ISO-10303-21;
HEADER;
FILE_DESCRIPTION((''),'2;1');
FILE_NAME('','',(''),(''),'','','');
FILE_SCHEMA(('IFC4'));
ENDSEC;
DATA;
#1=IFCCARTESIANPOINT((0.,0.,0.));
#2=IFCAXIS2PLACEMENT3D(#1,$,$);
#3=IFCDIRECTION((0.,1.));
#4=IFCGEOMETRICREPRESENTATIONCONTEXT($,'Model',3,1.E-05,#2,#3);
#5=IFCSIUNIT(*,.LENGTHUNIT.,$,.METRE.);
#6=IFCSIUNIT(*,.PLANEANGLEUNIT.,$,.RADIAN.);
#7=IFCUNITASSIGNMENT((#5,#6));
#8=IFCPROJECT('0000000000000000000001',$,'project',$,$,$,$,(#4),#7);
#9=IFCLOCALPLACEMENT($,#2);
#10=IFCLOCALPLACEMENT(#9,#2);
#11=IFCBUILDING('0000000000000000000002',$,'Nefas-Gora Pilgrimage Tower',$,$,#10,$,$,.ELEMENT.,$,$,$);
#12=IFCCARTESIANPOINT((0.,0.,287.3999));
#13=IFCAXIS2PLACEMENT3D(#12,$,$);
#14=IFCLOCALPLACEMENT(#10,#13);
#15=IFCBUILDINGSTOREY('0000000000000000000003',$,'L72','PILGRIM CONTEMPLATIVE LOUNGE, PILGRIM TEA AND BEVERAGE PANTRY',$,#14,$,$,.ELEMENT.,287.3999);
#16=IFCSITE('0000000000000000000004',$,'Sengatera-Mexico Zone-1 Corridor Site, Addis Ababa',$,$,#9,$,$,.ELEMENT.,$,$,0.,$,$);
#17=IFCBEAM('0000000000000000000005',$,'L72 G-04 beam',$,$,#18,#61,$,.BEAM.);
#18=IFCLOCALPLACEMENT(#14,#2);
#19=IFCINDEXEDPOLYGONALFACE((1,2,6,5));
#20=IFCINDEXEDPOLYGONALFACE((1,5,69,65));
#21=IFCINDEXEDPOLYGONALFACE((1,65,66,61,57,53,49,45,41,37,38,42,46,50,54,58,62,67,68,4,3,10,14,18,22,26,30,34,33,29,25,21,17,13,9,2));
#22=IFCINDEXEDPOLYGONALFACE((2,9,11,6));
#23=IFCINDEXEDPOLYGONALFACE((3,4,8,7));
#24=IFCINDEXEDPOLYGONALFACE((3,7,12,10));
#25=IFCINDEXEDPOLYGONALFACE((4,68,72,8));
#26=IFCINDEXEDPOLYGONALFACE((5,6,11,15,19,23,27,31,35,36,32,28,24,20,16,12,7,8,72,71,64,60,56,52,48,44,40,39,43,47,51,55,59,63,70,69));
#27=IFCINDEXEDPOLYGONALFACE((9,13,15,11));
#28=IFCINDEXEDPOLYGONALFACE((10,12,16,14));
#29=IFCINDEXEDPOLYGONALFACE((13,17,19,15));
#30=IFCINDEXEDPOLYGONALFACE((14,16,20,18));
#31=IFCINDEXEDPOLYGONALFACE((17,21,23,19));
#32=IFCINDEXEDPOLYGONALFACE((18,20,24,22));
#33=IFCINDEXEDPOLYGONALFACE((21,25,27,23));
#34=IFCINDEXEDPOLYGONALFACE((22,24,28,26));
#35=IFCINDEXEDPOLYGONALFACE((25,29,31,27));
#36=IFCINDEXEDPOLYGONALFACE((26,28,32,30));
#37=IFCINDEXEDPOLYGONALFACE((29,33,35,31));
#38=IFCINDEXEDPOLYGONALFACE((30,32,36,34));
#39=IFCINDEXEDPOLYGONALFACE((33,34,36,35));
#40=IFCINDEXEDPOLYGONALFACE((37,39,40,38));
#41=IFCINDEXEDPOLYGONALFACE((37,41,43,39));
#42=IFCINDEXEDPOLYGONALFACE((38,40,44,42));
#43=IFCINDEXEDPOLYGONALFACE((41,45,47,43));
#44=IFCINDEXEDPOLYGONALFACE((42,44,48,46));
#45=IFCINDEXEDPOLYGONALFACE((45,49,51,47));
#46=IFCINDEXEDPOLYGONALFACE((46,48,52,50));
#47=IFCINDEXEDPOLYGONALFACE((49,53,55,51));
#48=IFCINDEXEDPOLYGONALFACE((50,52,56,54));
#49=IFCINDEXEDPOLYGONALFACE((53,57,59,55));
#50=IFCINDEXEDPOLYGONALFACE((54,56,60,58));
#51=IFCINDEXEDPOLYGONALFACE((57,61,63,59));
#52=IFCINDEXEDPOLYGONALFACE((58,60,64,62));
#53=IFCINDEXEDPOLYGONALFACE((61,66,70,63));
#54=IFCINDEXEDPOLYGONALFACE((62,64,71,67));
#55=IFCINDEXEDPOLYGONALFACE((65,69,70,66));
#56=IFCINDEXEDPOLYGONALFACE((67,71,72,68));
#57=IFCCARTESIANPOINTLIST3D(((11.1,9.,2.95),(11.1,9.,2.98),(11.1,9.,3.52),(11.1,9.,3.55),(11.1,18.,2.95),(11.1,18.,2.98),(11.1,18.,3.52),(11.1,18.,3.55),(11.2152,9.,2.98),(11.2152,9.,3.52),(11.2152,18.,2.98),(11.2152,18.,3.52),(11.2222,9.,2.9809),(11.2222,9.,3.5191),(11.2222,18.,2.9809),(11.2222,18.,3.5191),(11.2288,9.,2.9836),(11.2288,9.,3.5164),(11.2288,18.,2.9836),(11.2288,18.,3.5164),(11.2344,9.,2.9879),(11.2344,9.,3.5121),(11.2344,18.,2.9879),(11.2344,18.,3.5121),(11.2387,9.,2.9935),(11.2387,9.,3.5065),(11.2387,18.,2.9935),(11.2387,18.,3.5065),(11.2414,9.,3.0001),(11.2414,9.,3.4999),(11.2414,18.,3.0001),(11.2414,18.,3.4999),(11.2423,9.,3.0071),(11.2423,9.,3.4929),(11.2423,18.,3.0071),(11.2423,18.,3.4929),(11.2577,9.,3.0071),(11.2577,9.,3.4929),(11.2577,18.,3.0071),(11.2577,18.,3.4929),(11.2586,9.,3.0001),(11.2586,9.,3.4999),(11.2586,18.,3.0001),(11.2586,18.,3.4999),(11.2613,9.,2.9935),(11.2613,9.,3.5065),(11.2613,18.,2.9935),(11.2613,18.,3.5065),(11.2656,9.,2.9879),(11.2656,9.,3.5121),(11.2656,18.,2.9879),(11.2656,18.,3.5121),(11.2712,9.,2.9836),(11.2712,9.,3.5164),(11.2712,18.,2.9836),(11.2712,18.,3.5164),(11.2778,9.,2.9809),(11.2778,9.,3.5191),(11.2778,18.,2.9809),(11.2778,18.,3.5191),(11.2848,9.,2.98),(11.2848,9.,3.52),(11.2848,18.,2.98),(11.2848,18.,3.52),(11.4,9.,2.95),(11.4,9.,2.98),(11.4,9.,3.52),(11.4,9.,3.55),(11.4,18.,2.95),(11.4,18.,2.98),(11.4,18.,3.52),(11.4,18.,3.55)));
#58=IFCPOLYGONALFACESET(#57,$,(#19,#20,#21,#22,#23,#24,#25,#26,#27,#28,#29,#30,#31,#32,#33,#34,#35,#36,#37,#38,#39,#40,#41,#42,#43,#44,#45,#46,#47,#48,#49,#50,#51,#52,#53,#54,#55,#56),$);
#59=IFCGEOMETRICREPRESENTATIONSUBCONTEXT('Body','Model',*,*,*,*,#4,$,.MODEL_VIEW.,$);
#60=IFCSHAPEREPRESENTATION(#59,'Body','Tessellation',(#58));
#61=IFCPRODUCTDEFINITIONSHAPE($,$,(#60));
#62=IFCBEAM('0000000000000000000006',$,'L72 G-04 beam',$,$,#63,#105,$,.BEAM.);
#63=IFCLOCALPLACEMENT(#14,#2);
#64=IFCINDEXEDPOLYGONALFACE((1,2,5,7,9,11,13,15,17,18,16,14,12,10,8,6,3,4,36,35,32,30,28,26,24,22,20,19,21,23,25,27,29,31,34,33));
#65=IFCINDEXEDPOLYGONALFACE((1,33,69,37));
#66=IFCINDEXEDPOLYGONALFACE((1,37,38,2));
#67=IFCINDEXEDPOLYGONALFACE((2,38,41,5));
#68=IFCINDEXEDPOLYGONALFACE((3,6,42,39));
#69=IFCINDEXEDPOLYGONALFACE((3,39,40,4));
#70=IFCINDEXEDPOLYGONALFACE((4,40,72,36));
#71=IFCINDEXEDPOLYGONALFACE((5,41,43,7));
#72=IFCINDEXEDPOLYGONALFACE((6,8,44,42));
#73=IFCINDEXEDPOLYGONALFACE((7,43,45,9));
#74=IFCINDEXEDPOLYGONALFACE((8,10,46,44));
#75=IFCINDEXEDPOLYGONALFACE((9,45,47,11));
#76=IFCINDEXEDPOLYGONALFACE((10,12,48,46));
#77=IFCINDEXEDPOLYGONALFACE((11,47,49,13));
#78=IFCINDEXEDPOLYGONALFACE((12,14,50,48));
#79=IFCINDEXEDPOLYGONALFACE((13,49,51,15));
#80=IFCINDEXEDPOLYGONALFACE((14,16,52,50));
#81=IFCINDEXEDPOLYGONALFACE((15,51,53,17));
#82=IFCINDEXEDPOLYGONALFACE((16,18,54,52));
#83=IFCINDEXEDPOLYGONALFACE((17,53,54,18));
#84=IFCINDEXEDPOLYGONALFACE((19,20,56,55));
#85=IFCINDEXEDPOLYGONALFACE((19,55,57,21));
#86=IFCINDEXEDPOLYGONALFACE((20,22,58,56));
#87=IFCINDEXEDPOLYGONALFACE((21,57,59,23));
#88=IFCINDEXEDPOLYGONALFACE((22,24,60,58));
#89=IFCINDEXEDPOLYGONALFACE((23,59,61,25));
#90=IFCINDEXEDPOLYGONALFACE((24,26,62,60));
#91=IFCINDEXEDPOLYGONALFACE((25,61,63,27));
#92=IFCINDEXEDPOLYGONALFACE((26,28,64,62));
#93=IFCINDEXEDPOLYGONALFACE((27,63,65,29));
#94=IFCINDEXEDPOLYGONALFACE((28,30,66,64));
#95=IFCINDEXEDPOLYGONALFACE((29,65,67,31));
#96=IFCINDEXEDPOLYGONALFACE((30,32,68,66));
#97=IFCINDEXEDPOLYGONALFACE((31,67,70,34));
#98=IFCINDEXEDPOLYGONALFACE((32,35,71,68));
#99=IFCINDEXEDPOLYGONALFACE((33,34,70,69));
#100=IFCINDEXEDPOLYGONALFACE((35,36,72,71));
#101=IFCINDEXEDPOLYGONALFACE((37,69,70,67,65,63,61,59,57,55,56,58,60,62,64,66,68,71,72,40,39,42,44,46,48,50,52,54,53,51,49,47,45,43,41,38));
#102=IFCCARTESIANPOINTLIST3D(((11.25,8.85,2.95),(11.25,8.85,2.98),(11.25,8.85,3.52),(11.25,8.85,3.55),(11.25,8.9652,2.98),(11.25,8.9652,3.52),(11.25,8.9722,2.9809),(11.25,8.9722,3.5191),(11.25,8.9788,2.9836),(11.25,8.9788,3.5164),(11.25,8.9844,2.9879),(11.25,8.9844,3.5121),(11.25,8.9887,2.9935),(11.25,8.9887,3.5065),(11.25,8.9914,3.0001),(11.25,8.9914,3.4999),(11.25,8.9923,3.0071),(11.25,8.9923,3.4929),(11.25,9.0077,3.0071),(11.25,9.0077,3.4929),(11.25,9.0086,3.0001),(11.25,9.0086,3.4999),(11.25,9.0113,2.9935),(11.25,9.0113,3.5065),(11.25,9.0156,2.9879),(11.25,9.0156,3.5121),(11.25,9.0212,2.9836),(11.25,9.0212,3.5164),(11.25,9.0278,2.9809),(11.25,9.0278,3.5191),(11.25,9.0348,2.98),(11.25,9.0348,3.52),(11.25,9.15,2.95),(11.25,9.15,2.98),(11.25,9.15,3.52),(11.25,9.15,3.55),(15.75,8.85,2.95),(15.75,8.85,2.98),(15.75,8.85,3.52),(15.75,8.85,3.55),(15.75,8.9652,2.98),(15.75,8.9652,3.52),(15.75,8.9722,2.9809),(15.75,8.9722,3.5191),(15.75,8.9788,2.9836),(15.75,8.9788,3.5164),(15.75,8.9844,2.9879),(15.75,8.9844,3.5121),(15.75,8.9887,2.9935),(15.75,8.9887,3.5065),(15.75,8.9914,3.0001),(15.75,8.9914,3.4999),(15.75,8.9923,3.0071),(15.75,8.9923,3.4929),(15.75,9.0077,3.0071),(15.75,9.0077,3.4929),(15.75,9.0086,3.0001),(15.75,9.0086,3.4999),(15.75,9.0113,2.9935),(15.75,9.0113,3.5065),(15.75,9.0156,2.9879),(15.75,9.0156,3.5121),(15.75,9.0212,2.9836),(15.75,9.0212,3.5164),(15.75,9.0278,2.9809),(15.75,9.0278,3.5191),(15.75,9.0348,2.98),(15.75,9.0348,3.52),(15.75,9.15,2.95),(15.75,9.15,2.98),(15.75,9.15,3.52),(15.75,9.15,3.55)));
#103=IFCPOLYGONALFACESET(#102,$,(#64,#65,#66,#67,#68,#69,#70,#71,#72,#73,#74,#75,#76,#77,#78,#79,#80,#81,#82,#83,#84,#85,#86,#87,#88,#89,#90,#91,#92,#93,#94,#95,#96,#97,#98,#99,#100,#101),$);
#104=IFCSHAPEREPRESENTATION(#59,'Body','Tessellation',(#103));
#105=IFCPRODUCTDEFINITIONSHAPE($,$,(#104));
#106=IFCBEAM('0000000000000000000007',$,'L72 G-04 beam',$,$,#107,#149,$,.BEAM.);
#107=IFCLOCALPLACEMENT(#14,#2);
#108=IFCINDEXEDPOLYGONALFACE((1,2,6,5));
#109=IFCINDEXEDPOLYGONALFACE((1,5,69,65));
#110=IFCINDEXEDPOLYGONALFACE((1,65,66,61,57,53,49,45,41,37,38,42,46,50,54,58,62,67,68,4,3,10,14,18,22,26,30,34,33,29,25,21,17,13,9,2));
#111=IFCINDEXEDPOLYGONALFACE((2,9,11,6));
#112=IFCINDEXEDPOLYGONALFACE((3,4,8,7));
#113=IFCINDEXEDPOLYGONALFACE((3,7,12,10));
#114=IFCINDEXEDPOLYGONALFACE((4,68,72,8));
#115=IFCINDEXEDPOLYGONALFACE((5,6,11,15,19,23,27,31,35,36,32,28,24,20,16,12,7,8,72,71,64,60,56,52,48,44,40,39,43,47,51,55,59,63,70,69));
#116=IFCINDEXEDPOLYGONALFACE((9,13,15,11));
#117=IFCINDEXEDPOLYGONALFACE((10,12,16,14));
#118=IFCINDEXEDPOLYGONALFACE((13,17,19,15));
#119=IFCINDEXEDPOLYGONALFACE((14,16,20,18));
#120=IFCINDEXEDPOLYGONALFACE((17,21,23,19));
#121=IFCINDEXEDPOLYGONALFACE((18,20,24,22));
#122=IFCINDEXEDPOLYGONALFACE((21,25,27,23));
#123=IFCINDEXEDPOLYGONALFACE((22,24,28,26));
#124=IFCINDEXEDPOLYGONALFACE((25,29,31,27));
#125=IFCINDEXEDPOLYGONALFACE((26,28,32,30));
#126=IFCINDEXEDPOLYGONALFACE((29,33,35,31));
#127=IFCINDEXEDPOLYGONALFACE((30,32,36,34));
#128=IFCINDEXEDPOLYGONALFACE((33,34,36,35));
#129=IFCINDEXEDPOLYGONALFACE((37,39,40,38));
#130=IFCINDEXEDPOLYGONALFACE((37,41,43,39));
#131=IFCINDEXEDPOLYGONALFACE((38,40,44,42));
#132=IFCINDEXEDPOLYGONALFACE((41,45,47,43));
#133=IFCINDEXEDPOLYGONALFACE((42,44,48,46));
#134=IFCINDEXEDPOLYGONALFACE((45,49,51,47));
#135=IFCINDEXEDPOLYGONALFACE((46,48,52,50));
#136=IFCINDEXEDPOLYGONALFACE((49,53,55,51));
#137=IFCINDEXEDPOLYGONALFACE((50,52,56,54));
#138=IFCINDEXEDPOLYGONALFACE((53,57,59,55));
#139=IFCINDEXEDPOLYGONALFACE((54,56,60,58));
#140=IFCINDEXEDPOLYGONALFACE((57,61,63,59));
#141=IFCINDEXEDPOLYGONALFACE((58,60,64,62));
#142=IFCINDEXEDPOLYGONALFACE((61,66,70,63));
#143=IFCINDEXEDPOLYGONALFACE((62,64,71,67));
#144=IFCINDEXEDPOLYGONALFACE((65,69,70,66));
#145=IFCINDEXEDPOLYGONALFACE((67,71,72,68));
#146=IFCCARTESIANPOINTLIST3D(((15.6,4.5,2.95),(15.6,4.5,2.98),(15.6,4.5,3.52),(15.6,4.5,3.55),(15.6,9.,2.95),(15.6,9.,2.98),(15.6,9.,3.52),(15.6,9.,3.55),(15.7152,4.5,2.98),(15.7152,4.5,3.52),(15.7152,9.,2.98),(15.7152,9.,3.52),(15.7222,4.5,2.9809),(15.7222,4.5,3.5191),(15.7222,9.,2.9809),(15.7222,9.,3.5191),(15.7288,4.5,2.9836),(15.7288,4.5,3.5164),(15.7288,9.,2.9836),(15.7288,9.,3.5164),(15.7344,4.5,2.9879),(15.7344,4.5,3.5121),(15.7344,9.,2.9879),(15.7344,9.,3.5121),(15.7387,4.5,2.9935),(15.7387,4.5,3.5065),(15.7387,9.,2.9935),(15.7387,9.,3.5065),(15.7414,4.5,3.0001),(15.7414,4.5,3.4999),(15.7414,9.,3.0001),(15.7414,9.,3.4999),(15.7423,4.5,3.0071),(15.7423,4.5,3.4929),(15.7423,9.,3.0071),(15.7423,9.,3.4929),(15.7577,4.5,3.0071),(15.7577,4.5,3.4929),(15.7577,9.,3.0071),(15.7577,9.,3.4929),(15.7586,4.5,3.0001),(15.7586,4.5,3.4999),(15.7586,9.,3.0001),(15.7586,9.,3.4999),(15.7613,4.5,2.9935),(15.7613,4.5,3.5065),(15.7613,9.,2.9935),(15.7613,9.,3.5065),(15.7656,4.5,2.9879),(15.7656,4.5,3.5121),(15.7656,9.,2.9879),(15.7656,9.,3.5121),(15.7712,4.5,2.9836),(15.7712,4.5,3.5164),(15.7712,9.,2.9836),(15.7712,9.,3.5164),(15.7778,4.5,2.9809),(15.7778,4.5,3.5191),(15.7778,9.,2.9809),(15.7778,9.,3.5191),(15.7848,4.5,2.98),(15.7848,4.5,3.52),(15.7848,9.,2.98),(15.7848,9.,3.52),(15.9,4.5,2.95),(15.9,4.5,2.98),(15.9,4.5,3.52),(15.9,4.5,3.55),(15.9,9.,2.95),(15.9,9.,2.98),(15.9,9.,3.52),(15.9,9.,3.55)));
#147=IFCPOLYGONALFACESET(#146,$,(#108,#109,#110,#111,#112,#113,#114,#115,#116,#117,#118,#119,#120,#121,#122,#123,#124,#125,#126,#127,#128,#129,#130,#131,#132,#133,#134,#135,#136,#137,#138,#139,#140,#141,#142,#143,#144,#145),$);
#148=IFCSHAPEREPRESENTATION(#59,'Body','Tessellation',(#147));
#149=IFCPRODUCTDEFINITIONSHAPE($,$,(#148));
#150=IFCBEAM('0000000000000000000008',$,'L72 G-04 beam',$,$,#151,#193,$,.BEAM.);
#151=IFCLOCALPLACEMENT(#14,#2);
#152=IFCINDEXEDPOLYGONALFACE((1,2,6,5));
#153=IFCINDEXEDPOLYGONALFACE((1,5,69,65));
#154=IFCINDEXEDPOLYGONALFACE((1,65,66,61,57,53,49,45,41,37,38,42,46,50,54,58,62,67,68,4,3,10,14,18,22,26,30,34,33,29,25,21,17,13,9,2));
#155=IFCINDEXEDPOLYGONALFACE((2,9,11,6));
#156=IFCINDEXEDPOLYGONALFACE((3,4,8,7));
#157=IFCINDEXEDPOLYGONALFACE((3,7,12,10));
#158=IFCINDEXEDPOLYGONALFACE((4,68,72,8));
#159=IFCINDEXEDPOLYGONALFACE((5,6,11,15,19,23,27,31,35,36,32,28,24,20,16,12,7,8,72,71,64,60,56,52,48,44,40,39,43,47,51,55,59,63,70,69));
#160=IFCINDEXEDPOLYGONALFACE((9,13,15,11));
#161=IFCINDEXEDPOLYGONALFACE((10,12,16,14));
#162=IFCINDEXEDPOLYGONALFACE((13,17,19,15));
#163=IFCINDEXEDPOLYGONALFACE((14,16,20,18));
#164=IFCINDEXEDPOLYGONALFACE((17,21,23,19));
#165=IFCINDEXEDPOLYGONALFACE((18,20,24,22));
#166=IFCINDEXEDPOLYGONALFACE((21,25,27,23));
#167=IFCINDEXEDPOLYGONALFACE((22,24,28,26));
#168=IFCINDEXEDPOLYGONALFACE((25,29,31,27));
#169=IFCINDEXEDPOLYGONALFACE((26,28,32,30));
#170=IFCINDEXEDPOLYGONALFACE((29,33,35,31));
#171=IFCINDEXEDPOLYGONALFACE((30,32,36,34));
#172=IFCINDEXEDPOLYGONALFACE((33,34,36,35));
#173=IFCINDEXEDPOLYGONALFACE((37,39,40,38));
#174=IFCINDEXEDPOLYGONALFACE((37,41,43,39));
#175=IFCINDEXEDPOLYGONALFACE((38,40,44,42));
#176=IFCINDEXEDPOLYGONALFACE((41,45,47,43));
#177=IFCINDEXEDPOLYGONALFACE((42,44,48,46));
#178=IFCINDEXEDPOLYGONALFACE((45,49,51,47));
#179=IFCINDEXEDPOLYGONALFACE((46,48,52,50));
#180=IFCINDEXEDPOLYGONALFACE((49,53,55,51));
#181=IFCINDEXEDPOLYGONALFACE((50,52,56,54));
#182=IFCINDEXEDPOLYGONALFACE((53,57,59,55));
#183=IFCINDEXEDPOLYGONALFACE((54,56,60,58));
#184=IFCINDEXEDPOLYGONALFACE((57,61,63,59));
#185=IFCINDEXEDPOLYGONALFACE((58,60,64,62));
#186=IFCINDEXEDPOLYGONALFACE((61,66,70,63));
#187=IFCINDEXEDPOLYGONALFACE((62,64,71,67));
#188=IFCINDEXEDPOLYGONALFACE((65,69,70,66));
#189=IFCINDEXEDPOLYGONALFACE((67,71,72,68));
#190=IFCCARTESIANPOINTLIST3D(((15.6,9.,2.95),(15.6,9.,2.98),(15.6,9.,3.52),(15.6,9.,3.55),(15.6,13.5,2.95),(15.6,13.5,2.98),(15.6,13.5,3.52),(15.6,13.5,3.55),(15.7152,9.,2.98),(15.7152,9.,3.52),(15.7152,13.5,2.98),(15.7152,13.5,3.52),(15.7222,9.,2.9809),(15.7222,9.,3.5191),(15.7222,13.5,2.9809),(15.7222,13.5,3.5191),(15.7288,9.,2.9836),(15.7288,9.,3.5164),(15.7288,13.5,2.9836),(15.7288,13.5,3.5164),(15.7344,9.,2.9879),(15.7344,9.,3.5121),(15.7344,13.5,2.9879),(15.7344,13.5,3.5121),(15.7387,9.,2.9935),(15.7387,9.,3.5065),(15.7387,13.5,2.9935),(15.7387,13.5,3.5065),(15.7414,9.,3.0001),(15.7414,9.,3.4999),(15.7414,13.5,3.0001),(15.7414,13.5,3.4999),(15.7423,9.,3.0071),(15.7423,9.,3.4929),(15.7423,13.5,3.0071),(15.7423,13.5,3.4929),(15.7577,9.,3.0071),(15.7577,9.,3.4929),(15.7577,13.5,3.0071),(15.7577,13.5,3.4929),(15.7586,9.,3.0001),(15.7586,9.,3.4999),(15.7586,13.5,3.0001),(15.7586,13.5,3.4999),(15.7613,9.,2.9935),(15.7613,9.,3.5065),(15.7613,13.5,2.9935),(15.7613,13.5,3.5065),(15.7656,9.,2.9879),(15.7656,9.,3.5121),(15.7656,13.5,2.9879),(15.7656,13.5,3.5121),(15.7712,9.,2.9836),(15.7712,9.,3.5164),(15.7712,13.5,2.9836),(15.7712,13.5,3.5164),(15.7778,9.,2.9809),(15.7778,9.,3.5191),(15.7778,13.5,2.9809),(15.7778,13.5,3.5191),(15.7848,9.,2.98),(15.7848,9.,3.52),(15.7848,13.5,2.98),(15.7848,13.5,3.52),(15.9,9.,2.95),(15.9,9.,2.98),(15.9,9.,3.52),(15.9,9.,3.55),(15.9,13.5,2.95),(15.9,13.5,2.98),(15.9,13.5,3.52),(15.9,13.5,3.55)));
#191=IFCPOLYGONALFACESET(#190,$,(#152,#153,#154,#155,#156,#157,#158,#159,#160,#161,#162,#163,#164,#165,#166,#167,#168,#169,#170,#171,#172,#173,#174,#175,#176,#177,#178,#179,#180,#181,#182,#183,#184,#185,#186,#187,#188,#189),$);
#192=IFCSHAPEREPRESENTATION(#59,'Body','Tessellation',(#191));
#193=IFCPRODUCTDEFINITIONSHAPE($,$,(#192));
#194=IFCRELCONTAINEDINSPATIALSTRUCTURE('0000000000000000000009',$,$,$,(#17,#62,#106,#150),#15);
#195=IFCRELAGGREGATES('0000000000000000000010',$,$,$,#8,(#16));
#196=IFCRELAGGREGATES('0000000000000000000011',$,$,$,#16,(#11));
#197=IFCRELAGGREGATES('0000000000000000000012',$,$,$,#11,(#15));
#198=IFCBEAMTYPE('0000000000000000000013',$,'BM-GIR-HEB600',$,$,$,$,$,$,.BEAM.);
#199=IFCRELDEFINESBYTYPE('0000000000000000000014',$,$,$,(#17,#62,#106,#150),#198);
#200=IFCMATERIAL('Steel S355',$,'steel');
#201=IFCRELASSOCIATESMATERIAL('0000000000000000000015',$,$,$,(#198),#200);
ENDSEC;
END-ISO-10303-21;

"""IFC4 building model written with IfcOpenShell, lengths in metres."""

from ifc_helpers import new_model, si_unit, direction, frame, origin, origin_2d, place, context, subcontext, project, spatial, i_section, extrude, source, transform, mapped, material, material_profile, profile_set, type_object, element, save


model = new_model("IFC4")

# Units and contexts
model_context = context("Model", 3, precision=1e-05, world=origin(), true_north=direction((0.0, 1.0)))
body_context = subcontext(model_context, "Body", "Model", "MODEL_VIEW")
ifc_project = project(units=[si_unit("LENGTHUNIT", "METRE"), si_unit("PLANEANGLEUNIT", "RADIAN")], contexts=[model_context])

# Site, building, storey
site_placement = place(None, origin())
site = spatial("IfcSite", under=ifc_project, at=site_placement, Name="Sengatera-Mexico Zone-1 Corridor Site, Addis Ababa", CompositionType="ELEMENT", RefElevation=0.0)
building_placement = place(site_placement, origin())
building = spatial("IfcBuilding", under=site, at=building_placement, Name="Nefas-Gora Pilgrimage Tower", CompositionType="ELEMENT")
storey_placement = place(building_placement, frame((0.0, 0.0, 287.3999)))
storey = spatial("IfcBuildingStorey", under=building, at=storey_placement, Name="L72", Description="PILGRIM CONTEMPLATIVE LOUNGE, PILGRIM TEA AND BEVERAGE PANTRY", CompositionType="ELEMENT", Elevation=287.3999)

# Shared definitions
ifc_material_1 = material(Name="Steel S355", Category="steel")

# Beams
ifc_material_profile_1 = material_profile(ifc_material_1, i_section(OverallWidth=0.3, OverallDepth=0.6001, WebThickness=0.0154, FlangeThickness=0.03, FilletRadius=0.0271, at=origin_2d()), Name="HEB 600")
ifc_profile_set_1 = profile_set([ifc_material_profile_1], Name="Steel S355")
beam_type_1 = type_object("IfcBeamType", Name="BM-GIR-HEB600", PredefinedType="BEAM", material=ifc_profile_set_1)
shared_shape_1 = source(origin(), body_context, "Body", "SweptSolid", [
    extrude(i_section(OverallWidth=0.3, OverallDepth=0.6001, WebThickness=0.0154, FlangeThickness=0.03, FilletRadius=0.0271, at=origin_2d()), origin(), (0.0, 0.0, 1.0), 9.0),
])
beam_placement = place(storey_placement, frame((11.25, 9.0, 3.25), z_axis=(0.0, 1.0, 0.0), x_axis=(-1.0, 0.0, 0.0)))
element("IfcBeam", 1, at=beam_placement, inside=storey, type_object=beam_type_1, Name="L72 G-04 beam", PredefinedType="BEAM", context=body_context, shape_type="MappedRepresentation", body=[
    mapped(shared_shape_1, transform((0.0, 0.0, 0.0), x_axis=(1.0, 0.0, 0.0), y_axis=(0.0, 1.0, 0.0), z_axis=(0.0, 0.0, 1.0), scale=1.0)),
])
shared_shape_2 = source(origin(), body_context, "Body", "SweptSolid", [
    extrude(i_section(OverallWidth=0.3, OverallDepth=0.6001, WebThickness=0.0154, FlangeThickness=0.03, FilletRadius=0.0271, at=origin_2d()), origin(), (0.0, 0.0, 1.0), 4.5),
])
for number, where, z_axis, x_axis, name in (
    (2, (11.25, 9.0, 3.25), (1.0, 0.0, 0.0), (0.0, 1.0, 0.0), "L72 G-04 beam"),
    (3, (15.75, 4.5, 3.25), (0.0, 1.0, 0.0), (-1.0, 0.0, 0.0), "L72 G-04 beam"),
    (4, (15.75, 9.0, 3.25), (0.0, 1.0, 0.0), (-1.0, 0.0, 0.0), "L72 G-04 beam"),
):
    element("IfcBeam", number, at=place(storey_placement, frame(where, z_axis=z_axis, x_axis=x_axis)), inside=storey, type_object=beam_type_1, Name=name, PredefinedType="BEAM", context=body_context, shape_type="MappedRepresentation", body=[
        mapped(shared_shape_2, transform((0.0, 0.0, 0.0), x_axis=(1.0, 0.0, 0.0), y_axis=(0.0, 1.0, 0.0), z_axis=(0.0, 0.0, 1.0), scale=1.0)),
    ])

save(model, "model.ifc")
